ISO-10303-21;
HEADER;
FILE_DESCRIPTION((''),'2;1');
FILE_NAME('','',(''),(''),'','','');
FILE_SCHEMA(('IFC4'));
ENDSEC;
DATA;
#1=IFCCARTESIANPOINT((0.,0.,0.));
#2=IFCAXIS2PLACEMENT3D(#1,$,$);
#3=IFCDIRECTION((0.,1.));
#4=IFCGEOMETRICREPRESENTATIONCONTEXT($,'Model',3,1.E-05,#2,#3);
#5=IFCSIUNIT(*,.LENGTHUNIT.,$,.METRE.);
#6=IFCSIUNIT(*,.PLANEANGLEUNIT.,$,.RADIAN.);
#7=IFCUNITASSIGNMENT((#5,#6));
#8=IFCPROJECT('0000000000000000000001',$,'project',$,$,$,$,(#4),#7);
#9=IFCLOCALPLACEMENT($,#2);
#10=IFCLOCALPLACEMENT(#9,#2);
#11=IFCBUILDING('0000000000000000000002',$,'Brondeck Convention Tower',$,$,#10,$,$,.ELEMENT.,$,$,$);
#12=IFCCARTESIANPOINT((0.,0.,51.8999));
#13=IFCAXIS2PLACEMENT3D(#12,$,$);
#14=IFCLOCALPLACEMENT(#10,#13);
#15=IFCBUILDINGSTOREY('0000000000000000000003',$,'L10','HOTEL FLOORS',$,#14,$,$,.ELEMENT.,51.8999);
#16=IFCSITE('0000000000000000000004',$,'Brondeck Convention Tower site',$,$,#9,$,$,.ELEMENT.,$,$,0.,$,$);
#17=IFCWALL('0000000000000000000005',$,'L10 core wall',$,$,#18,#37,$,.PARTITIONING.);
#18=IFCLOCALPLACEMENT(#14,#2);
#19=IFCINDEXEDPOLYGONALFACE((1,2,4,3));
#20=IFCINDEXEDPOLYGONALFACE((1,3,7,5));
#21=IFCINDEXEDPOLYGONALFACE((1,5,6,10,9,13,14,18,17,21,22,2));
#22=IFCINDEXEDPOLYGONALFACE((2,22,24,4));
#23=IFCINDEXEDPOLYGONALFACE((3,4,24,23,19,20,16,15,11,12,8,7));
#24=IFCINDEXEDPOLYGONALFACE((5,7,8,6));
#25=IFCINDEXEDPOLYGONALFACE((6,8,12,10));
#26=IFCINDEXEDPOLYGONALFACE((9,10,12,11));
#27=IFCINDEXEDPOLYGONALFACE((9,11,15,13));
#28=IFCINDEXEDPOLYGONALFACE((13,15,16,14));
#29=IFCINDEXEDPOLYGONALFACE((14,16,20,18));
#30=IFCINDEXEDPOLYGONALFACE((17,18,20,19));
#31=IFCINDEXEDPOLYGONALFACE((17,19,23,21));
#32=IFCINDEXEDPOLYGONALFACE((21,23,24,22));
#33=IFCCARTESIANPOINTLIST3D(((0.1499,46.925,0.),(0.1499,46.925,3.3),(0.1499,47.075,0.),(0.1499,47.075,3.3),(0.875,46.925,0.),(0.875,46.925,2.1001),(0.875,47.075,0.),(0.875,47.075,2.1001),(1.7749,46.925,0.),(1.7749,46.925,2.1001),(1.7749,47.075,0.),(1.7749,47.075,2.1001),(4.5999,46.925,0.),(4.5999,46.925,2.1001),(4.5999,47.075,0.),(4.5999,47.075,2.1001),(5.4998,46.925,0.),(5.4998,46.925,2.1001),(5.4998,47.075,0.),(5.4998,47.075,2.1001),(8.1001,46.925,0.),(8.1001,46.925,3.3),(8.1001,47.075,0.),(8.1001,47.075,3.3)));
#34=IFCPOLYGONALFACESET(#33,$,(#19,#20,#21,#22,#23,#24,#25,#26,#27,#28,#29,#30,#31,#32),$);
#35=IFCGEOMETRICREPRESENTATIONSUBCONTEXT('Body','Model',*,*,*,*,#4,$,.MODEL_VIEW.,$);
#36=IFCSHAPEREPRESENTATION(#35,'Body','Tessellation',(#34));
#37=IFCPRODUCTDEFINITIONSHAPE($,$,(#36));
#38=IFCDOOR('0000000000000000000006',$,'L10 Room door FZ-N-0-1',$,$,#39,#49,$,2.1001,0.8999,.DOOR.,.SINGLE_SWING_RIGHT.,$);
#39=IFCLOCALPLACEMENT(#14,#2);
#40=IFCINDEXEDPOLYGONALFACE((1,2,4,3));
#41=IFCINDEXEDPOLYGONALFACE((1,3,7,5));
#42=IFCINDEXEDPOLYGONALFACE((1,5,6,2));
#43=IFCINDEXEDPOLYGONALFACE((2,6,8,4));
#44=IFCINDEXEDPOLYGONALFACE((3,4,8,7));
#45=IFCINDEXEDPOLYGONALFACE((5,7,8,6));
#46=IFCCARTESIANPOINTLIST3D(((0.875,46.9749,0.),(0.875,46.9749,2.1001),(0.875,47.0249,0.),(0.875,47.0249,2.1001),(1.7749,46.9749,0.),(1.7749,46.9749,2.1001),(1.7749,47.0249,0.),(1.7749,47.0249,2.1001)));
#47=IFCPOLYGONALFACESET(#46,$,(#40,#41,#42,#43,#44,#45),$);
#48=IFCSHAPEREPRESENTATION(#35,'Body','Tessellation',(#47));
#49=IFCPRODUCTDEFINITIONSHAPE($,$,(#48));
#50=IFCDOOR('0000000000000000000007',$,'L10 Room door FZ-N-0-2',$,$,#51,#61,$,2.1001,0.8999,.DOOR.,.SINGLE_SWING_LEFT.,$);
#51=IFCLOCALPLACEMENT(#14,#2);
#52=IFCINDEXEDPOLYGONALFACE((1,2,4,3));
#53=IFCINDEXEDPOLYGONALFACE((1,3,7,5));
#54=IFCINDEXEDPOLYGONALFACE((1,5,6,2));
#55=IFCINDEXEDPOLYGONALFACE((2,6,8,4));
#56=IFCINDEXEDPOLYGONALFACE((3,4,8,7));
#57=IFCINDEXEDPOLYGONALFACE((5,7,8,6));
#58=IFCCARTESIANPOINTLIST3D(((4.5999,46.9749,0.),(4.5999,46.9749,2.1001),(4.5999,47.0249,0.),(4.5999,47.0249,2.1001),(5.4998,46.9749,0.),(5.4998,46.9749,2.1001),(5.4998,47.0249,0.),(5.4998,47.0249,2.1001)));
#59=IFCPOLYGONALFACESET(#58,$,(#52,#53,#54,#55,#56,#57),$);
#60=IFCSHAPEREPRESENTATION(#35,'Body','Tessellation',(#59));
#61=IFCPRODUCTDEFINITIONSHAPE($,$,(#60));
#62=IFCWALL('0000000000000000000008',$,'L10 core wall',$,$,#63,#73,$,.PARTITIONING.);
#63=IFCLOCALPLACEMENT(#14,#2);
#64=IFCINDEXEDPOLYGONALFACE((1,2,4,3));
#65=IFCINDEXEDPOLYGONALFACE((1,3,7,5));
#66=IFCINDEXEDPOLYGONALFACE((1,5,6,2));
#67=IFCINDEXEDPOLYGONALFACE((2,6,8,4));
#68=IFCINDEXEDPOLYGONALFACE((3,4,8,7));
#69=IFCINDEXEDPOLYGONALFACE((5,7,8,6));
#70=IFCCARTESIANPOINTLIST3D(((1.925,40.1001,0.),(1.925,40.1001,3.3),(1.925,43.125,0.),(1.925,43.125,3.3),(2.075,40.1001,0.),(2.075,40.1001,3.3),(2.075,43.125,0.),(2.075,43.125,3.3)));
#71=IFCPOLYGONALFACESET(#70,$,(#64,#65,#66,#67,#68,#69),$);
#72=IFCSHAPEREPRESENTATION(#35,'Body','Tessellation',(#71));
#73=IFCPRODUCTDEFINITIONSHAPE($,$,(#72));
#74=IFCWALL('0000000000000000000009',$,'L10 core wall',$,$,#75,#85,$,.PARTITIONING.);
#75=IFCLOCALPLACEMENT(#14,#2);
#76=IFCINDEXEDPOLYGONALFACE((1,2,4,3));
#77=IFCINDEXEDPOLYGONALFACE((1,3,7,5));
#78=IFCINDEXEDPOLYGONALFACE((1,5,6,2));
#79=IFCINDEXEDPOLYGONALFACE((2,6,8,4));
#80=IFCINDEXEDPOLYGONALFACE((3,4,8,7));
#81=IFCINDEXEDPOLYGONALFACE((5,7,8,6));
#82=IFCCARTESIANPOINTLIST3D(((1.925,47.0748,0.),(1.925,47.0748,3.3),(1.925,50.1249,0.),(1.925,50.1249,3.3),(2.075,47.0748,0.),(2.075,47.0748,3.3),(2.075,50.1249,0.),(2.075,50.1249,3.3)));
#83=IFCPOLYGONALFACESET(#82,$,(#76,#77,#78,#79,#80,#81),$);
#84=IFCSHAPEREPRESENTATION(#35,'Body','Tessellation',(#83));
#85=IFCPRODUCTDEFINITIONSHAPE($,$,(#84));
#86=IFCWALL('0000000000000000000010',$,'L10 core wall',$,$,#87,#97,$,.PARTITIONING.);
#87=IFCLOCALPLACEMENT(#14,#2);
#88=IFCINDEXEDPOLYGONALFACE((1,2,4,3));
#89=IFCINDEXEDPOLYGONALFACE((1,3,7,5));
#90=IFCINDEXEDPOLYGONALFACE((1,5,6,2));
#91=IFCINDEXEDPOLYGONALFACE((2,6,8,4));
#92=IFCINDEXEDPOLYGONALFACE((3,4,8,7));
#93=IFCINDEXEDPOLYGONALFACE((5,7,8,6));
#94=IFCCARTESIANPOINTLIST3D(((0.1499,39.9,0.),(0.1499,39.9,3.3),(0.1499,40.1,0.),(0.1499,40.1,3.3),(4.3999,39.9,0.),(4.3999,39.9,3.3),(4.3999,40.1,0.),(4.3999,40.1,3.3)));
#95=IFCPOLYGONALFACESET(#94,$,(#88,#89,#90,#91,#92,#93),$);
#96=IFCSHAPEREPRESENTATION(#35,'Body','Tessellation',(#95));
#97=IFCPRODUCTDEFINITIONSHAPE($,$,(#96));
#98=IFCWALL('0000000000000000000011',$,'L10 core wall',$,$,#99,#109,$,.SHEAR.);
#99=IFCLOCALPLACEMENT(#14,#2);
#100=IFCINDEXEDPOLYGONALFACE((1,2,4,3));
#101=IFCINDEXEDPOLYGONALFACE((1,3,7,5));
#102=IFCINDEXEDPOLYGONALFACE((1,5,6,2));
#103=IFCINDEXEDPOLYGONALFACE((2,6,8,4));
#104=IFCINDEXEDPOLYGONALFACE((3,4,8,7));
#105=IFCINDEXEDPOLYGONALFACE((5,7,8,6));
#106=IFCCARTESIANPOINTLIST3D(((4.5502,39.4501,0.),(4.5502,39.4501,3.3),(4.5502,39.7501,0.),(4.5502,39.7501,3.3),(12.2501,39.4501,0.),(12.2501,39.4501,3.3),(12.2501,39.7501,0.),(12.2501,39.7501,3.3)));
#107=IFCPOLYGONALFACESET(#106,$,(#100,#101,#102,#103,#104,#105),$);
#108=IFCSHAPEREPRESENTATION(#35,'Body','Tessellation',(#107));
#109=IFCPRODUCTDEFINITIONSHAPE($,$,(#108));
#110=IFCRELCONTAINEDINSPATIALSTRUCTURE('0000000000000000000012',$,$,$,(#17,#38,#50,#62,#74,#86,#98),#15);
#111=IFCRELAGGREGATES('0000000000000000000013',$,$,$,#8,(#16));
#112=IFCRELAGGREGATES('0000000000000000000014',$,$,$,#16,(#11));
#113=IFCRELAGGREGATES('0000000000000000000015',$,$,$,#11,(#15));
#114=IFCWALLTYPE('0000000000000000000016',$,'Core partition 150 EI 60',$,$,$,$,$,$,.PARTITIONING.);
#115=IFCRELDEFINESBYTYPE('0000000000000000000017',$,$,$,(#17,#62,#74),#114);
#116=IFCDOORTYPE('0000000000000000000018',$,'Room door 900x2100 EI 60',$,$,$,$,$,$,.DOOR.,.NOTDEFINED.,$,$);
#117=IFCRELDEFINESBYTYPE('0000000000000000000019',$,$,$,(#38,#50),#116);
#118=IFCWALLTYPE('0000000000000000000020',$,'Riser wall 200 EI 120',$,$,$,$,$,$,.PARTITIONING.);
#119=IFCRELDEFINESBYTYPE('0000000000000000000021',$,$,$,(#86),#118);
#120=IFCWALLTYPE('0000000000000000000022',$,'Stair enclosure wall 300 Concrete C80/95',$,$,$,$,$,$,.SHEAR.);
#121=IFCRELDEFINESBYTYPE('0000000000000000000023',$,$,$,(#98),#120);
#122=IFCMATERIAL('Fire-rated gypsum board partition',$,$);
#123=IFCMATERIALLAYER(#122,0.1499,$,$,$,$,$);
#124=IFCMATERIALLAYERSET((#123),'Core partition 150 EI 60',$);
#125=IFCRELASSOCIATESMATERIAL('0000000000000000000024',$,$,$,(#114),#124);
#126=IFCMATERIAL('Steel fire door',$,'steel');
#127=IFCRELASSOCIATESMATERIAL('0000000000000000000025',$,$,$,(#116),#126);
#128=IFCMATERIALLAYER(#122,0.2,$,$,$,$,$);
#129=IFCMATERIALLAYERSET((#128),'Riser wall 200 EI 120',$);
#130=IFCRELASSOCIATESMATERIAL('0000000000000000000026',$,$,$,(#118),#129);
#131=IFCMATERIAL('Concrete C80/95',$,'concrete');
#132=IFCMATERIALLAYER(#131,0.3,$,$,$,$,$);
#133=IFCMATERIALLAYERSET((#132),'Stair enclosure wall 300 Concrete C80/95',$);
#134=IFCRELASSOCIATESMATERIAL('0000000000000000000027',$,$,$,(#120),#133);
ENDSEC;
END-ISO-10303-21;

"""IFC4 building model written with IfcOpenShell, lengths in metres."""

from ifc_helpers import new_model, si_unit, direction, frame, frame_2d, origin, place, context, subcontext, project, spatial, rectangle, extrude, material, layer, layer_set, type_object, element, fill, save


model = new_model("IFC4")

# Units and contexts
model_context = context("Model", 3, precision=1e-05, world=origin(), true_north=direction((0.0, 1.0)))
body_context = subcontext(model_context, "Body", "Model", "MODEL_VIEW")
ifc_project = project(units=[si_unit("LENGTHUNIT", "METRE"), si_unit("PLANEANGLEUNIT", "RADIAN")], contexts=[model_context])

# Site, building, storey
site_placement = place(None, origin())
site = spatial("IfcSite", under=ifc_project, at=site_placement, Name="Brondeck Convention Tower site", CompositionType="ELEMENT", RefElevation=0.0)
building_placement = place(site_placement, origin())
building = spatial("IfcBuilding", under=site, at=building_placement, Name="Brondeck Convention Tower", CompositionType="ELEMENT")
storey_placement = place(building_placement, frame((0.0, 0.0, 51.8999)))
storey = spatial("IfcBuildingStorey", under=building, at=storey_placement, Name="L10", Description="HOTEL FLOORS", CompositionType="ELEMENT", Elevation=51.8999)

# Shared definitions
ifc_material_1 = material(Name="Concrete C80/95", Category="concrete")

# Shared definitions
ifc_material_2 = material(Name="Fire-rated gypsum board partition")
ifc_layer_1 = layer(ifc_material_2, 0.1499)
ifc_layer_set_1 = layer_set([ifc_layer_1], Name="Core partition 150 EI 60")
wall_type_1 = type_object("IfcWallType", Name="Core partition 150 EI 60", PredefinedType="PARTITIONING", material=ifc_layer_set_1)

# Wall, openings, doors
ifc_material_3 = material(Name="Steel fire door", Category="steel")
door_type = type_object("IfcDoorType", Name="Room door 900x2100 EI 60", OperationType="NOTDEFINED", PredefinedType="DOOR", material=ifc_material_3)
wall_1_placement = place(storey_placement, frame((0.1499, 47.0, 0.0), z_axis=(0.0, 0.0, 1.0), x_axis=(1.0, 0.0, 0.0)))
wall_1 = element("IfcWall", 1, at=wall_1_placement, inside=storey, type_object=wall_type_1, Name="L10 core wall", PredefinedType="PARTITIONING", context=body_context, shape_type="SweptSolid", body=[
    extrude(rectangle(XDim=7.9502, YDim=0.1499, at=frame_2d((3.9751, 0.0))), origin(), (0.0, 0.0, 1.0), 3.3),
])
opening_1_placement = place(wall_1_placement, frame((0.7251, 0.0, 0.0)))
opening_1 = element("IfcOpeningElement", 2, at=opening_1_placement, cuts=wall_1, PredefinedType="OPENING", context=body_context, shape_type="SweptSolid", body=[
    extrude(rectangle(XDim=0.8999, YDim=2.1001, at=frame_2d((0.45, 1.05))), frame((0.0, 0.085, 0.0), z_axis=(0.0, -1.0, 0.0), x_axis=(1.0, 0.0, 0.0)), (0.0, 0.0, 1.0), 0.1699),
])
opening_2_placement = place(wall_1_placement, frame((4.45, 0.0, 0.0)))
opening_2 = element("IfcOpeningElement", 3, at=opening_2_placement, cuts=wall_1, PredefinedType="OPENING", context=body_context, shape_type="SweptSolid", body=[
    extrude(rectangle(XDim=0.8999, YDim=2.1001, at=frame_2d((0.45, 1.05))), frame((0.0, 0.085, 0.0), z_axis=(0.0, -1.0, 0.0), x_axis=(1.0, 0.0, 0.0)), (0.0, 0.0, 1.0), 0.1699),
])
door_1_placement = place(opening_1_placement, origin())
door_1 = element("IfcDoor", 4, at=door_1_placement, inside=storey, type_object=door_type, Name="L10 Room door FZ-N-0-1", OperationType="SINGLE_SWING_RIGHT", OverallHeight=2.1001, OverallWidth=0.8999, PredefinedType="DOOR", context=body_context, shape_type="SweptSolid", body=[
    extrude(rectangle(XDim=0.8999, YDim=2.1001, at=frame_2d((0.45, 1.05))), frame((0.0, 0.0249, 0.0), z_axis=(0.0, -1.0, 0.0), x_axis=(1.0, 0.0, 0.0)), (0.0, 0.0, 1.0), 0.05),
])
fill(opening_1, door_1)
door_2_placement = place(opening_2_placement, origin())
door_2 = element("IfcDoor", 5, at=door_2_placement, inside=storey, type_object=door_type, Name="L10 Room door FZ-N-0-2", OperationType="SINGLE_SWING_LEFT", OverallHeight=2.1001, OverallWidth=0.8999, PredefinedType="DOOR", context=body_context, shape_type="SweptSolid", body=[
    extrude(rectangle(XDim=0.8999, YDim=2.1001, at=frame_2d((0.45, 1.05))), frame((0.0, 0.0249, 0.0), z_axis=(0.0, -1.0, 0.0), x_axis=(1.0, 0.0, 0.0)), (0.0, 0.0, 1.0), 0.05),
])
fill(opening_2, door_2)

# Walls
wall_2_placement = place(storey_placement, frame((2.0, 40.1001, 0.0), z_axis=(0.0, 0.0, 1.0), x_axis=(0.0, 1.0, 0.0)))
element("IfcWall", 6, at=wall_2_placement, inside=storey, type_object=wall_type_1, Name="L10 core wall", PredefinedType="PARTITIONING", context=body_context, shape_type="SweptSolid", body=[
    extrude(rectangle(XDim=3.0249, YDim=0.1499, at=frame_2d((1.5125, 0.0))), origin(), (0.0, 0.0, 1.0), 3.3),
])
wall_3_placement = place(storey_placement, frame((2.0, 47.075, 0.0), z_axis=(0.0, 0.0, 1.0), x_axis=(0.0, 1.0, 0.0)))
element("IfcWall", 7, at=wall_3_placement, inside=storey, type_object=wall_type_1, Name="L10 core wall", PredefinedType="PARTITIONING", context=body_context, shape_type="SweptSolid", body=[
    extrude(rectangle(XDim=3.05, YDim=0.1499, at=frame_2d((1.5249, 0.0))), origin(), (0.0, 0.0, 1.0), 3.3),
])
ifc_layer_2 = layer(ifc_material_2, 0.2)
ifc_layer_set_2 = layer_set([ifc_layer_2], Name="Riser wall 200 EI 120")
wall_type_2 = type_object("IfcWallType", Name="Riser wall 200 EI 120", PredefinedType="PARTITIONING", material=ifc_layer_set_2)
wall_4_placement = place(storey_placement, frame((0.1499, 40.0, 0.0), z_axis=(0.0, 0.0, 1.0), x_axis=(1.0, 0.0, 0.0)))
element("IfcWall", 8, at=wall_4_placement, inside=storey, type_object=wall_type_2, Name="L10 core wall", PredefinedType="PARTITIONING", context=body_context, shape_type="SweptSolid", body=[
    extrude(rectangle(XDim=4.25, YDim=0.2, at=frame_2d((2.125, 0.0))), origin(), (0.0, 0.0, 1.0), 3.3),
])
ifc_layer_3 = layer(ifc_material_1, 0.3)
ifc_layer_set_3 = layer_set([ifc_layer_3], Name="Stair enclosure wall 300 Concrete C80/95")
wall_type_3 = type_object("IfcWallType", Name="Stair enclosure wall 300 Concrete C80/95", PredefinedType="SHEAR", material=ifc_layer_set_3)
wall_5_placement = place(storey_placement, frame((4.55, 39.6001, 0.0), z_axis=(0.0, 0.0, 1.0), x_axis=(1.0, 0.0, 0.0)))
element("IfcWall", 9, at=wall_5_placement, inside=storey, type_object=wall_type_3, Name="L10 core wall", PredefinedType="SHEAR", context=body_context, shape_type="SweptSolid", body=[
    extrude(rectangle(XDim=7.7, YDim=0.3, at=frame_2d((3.8501, 0.0))), origin(), (0.0, 0.0, 1.0), 3.3),
])

save(model, "model.ifc")
